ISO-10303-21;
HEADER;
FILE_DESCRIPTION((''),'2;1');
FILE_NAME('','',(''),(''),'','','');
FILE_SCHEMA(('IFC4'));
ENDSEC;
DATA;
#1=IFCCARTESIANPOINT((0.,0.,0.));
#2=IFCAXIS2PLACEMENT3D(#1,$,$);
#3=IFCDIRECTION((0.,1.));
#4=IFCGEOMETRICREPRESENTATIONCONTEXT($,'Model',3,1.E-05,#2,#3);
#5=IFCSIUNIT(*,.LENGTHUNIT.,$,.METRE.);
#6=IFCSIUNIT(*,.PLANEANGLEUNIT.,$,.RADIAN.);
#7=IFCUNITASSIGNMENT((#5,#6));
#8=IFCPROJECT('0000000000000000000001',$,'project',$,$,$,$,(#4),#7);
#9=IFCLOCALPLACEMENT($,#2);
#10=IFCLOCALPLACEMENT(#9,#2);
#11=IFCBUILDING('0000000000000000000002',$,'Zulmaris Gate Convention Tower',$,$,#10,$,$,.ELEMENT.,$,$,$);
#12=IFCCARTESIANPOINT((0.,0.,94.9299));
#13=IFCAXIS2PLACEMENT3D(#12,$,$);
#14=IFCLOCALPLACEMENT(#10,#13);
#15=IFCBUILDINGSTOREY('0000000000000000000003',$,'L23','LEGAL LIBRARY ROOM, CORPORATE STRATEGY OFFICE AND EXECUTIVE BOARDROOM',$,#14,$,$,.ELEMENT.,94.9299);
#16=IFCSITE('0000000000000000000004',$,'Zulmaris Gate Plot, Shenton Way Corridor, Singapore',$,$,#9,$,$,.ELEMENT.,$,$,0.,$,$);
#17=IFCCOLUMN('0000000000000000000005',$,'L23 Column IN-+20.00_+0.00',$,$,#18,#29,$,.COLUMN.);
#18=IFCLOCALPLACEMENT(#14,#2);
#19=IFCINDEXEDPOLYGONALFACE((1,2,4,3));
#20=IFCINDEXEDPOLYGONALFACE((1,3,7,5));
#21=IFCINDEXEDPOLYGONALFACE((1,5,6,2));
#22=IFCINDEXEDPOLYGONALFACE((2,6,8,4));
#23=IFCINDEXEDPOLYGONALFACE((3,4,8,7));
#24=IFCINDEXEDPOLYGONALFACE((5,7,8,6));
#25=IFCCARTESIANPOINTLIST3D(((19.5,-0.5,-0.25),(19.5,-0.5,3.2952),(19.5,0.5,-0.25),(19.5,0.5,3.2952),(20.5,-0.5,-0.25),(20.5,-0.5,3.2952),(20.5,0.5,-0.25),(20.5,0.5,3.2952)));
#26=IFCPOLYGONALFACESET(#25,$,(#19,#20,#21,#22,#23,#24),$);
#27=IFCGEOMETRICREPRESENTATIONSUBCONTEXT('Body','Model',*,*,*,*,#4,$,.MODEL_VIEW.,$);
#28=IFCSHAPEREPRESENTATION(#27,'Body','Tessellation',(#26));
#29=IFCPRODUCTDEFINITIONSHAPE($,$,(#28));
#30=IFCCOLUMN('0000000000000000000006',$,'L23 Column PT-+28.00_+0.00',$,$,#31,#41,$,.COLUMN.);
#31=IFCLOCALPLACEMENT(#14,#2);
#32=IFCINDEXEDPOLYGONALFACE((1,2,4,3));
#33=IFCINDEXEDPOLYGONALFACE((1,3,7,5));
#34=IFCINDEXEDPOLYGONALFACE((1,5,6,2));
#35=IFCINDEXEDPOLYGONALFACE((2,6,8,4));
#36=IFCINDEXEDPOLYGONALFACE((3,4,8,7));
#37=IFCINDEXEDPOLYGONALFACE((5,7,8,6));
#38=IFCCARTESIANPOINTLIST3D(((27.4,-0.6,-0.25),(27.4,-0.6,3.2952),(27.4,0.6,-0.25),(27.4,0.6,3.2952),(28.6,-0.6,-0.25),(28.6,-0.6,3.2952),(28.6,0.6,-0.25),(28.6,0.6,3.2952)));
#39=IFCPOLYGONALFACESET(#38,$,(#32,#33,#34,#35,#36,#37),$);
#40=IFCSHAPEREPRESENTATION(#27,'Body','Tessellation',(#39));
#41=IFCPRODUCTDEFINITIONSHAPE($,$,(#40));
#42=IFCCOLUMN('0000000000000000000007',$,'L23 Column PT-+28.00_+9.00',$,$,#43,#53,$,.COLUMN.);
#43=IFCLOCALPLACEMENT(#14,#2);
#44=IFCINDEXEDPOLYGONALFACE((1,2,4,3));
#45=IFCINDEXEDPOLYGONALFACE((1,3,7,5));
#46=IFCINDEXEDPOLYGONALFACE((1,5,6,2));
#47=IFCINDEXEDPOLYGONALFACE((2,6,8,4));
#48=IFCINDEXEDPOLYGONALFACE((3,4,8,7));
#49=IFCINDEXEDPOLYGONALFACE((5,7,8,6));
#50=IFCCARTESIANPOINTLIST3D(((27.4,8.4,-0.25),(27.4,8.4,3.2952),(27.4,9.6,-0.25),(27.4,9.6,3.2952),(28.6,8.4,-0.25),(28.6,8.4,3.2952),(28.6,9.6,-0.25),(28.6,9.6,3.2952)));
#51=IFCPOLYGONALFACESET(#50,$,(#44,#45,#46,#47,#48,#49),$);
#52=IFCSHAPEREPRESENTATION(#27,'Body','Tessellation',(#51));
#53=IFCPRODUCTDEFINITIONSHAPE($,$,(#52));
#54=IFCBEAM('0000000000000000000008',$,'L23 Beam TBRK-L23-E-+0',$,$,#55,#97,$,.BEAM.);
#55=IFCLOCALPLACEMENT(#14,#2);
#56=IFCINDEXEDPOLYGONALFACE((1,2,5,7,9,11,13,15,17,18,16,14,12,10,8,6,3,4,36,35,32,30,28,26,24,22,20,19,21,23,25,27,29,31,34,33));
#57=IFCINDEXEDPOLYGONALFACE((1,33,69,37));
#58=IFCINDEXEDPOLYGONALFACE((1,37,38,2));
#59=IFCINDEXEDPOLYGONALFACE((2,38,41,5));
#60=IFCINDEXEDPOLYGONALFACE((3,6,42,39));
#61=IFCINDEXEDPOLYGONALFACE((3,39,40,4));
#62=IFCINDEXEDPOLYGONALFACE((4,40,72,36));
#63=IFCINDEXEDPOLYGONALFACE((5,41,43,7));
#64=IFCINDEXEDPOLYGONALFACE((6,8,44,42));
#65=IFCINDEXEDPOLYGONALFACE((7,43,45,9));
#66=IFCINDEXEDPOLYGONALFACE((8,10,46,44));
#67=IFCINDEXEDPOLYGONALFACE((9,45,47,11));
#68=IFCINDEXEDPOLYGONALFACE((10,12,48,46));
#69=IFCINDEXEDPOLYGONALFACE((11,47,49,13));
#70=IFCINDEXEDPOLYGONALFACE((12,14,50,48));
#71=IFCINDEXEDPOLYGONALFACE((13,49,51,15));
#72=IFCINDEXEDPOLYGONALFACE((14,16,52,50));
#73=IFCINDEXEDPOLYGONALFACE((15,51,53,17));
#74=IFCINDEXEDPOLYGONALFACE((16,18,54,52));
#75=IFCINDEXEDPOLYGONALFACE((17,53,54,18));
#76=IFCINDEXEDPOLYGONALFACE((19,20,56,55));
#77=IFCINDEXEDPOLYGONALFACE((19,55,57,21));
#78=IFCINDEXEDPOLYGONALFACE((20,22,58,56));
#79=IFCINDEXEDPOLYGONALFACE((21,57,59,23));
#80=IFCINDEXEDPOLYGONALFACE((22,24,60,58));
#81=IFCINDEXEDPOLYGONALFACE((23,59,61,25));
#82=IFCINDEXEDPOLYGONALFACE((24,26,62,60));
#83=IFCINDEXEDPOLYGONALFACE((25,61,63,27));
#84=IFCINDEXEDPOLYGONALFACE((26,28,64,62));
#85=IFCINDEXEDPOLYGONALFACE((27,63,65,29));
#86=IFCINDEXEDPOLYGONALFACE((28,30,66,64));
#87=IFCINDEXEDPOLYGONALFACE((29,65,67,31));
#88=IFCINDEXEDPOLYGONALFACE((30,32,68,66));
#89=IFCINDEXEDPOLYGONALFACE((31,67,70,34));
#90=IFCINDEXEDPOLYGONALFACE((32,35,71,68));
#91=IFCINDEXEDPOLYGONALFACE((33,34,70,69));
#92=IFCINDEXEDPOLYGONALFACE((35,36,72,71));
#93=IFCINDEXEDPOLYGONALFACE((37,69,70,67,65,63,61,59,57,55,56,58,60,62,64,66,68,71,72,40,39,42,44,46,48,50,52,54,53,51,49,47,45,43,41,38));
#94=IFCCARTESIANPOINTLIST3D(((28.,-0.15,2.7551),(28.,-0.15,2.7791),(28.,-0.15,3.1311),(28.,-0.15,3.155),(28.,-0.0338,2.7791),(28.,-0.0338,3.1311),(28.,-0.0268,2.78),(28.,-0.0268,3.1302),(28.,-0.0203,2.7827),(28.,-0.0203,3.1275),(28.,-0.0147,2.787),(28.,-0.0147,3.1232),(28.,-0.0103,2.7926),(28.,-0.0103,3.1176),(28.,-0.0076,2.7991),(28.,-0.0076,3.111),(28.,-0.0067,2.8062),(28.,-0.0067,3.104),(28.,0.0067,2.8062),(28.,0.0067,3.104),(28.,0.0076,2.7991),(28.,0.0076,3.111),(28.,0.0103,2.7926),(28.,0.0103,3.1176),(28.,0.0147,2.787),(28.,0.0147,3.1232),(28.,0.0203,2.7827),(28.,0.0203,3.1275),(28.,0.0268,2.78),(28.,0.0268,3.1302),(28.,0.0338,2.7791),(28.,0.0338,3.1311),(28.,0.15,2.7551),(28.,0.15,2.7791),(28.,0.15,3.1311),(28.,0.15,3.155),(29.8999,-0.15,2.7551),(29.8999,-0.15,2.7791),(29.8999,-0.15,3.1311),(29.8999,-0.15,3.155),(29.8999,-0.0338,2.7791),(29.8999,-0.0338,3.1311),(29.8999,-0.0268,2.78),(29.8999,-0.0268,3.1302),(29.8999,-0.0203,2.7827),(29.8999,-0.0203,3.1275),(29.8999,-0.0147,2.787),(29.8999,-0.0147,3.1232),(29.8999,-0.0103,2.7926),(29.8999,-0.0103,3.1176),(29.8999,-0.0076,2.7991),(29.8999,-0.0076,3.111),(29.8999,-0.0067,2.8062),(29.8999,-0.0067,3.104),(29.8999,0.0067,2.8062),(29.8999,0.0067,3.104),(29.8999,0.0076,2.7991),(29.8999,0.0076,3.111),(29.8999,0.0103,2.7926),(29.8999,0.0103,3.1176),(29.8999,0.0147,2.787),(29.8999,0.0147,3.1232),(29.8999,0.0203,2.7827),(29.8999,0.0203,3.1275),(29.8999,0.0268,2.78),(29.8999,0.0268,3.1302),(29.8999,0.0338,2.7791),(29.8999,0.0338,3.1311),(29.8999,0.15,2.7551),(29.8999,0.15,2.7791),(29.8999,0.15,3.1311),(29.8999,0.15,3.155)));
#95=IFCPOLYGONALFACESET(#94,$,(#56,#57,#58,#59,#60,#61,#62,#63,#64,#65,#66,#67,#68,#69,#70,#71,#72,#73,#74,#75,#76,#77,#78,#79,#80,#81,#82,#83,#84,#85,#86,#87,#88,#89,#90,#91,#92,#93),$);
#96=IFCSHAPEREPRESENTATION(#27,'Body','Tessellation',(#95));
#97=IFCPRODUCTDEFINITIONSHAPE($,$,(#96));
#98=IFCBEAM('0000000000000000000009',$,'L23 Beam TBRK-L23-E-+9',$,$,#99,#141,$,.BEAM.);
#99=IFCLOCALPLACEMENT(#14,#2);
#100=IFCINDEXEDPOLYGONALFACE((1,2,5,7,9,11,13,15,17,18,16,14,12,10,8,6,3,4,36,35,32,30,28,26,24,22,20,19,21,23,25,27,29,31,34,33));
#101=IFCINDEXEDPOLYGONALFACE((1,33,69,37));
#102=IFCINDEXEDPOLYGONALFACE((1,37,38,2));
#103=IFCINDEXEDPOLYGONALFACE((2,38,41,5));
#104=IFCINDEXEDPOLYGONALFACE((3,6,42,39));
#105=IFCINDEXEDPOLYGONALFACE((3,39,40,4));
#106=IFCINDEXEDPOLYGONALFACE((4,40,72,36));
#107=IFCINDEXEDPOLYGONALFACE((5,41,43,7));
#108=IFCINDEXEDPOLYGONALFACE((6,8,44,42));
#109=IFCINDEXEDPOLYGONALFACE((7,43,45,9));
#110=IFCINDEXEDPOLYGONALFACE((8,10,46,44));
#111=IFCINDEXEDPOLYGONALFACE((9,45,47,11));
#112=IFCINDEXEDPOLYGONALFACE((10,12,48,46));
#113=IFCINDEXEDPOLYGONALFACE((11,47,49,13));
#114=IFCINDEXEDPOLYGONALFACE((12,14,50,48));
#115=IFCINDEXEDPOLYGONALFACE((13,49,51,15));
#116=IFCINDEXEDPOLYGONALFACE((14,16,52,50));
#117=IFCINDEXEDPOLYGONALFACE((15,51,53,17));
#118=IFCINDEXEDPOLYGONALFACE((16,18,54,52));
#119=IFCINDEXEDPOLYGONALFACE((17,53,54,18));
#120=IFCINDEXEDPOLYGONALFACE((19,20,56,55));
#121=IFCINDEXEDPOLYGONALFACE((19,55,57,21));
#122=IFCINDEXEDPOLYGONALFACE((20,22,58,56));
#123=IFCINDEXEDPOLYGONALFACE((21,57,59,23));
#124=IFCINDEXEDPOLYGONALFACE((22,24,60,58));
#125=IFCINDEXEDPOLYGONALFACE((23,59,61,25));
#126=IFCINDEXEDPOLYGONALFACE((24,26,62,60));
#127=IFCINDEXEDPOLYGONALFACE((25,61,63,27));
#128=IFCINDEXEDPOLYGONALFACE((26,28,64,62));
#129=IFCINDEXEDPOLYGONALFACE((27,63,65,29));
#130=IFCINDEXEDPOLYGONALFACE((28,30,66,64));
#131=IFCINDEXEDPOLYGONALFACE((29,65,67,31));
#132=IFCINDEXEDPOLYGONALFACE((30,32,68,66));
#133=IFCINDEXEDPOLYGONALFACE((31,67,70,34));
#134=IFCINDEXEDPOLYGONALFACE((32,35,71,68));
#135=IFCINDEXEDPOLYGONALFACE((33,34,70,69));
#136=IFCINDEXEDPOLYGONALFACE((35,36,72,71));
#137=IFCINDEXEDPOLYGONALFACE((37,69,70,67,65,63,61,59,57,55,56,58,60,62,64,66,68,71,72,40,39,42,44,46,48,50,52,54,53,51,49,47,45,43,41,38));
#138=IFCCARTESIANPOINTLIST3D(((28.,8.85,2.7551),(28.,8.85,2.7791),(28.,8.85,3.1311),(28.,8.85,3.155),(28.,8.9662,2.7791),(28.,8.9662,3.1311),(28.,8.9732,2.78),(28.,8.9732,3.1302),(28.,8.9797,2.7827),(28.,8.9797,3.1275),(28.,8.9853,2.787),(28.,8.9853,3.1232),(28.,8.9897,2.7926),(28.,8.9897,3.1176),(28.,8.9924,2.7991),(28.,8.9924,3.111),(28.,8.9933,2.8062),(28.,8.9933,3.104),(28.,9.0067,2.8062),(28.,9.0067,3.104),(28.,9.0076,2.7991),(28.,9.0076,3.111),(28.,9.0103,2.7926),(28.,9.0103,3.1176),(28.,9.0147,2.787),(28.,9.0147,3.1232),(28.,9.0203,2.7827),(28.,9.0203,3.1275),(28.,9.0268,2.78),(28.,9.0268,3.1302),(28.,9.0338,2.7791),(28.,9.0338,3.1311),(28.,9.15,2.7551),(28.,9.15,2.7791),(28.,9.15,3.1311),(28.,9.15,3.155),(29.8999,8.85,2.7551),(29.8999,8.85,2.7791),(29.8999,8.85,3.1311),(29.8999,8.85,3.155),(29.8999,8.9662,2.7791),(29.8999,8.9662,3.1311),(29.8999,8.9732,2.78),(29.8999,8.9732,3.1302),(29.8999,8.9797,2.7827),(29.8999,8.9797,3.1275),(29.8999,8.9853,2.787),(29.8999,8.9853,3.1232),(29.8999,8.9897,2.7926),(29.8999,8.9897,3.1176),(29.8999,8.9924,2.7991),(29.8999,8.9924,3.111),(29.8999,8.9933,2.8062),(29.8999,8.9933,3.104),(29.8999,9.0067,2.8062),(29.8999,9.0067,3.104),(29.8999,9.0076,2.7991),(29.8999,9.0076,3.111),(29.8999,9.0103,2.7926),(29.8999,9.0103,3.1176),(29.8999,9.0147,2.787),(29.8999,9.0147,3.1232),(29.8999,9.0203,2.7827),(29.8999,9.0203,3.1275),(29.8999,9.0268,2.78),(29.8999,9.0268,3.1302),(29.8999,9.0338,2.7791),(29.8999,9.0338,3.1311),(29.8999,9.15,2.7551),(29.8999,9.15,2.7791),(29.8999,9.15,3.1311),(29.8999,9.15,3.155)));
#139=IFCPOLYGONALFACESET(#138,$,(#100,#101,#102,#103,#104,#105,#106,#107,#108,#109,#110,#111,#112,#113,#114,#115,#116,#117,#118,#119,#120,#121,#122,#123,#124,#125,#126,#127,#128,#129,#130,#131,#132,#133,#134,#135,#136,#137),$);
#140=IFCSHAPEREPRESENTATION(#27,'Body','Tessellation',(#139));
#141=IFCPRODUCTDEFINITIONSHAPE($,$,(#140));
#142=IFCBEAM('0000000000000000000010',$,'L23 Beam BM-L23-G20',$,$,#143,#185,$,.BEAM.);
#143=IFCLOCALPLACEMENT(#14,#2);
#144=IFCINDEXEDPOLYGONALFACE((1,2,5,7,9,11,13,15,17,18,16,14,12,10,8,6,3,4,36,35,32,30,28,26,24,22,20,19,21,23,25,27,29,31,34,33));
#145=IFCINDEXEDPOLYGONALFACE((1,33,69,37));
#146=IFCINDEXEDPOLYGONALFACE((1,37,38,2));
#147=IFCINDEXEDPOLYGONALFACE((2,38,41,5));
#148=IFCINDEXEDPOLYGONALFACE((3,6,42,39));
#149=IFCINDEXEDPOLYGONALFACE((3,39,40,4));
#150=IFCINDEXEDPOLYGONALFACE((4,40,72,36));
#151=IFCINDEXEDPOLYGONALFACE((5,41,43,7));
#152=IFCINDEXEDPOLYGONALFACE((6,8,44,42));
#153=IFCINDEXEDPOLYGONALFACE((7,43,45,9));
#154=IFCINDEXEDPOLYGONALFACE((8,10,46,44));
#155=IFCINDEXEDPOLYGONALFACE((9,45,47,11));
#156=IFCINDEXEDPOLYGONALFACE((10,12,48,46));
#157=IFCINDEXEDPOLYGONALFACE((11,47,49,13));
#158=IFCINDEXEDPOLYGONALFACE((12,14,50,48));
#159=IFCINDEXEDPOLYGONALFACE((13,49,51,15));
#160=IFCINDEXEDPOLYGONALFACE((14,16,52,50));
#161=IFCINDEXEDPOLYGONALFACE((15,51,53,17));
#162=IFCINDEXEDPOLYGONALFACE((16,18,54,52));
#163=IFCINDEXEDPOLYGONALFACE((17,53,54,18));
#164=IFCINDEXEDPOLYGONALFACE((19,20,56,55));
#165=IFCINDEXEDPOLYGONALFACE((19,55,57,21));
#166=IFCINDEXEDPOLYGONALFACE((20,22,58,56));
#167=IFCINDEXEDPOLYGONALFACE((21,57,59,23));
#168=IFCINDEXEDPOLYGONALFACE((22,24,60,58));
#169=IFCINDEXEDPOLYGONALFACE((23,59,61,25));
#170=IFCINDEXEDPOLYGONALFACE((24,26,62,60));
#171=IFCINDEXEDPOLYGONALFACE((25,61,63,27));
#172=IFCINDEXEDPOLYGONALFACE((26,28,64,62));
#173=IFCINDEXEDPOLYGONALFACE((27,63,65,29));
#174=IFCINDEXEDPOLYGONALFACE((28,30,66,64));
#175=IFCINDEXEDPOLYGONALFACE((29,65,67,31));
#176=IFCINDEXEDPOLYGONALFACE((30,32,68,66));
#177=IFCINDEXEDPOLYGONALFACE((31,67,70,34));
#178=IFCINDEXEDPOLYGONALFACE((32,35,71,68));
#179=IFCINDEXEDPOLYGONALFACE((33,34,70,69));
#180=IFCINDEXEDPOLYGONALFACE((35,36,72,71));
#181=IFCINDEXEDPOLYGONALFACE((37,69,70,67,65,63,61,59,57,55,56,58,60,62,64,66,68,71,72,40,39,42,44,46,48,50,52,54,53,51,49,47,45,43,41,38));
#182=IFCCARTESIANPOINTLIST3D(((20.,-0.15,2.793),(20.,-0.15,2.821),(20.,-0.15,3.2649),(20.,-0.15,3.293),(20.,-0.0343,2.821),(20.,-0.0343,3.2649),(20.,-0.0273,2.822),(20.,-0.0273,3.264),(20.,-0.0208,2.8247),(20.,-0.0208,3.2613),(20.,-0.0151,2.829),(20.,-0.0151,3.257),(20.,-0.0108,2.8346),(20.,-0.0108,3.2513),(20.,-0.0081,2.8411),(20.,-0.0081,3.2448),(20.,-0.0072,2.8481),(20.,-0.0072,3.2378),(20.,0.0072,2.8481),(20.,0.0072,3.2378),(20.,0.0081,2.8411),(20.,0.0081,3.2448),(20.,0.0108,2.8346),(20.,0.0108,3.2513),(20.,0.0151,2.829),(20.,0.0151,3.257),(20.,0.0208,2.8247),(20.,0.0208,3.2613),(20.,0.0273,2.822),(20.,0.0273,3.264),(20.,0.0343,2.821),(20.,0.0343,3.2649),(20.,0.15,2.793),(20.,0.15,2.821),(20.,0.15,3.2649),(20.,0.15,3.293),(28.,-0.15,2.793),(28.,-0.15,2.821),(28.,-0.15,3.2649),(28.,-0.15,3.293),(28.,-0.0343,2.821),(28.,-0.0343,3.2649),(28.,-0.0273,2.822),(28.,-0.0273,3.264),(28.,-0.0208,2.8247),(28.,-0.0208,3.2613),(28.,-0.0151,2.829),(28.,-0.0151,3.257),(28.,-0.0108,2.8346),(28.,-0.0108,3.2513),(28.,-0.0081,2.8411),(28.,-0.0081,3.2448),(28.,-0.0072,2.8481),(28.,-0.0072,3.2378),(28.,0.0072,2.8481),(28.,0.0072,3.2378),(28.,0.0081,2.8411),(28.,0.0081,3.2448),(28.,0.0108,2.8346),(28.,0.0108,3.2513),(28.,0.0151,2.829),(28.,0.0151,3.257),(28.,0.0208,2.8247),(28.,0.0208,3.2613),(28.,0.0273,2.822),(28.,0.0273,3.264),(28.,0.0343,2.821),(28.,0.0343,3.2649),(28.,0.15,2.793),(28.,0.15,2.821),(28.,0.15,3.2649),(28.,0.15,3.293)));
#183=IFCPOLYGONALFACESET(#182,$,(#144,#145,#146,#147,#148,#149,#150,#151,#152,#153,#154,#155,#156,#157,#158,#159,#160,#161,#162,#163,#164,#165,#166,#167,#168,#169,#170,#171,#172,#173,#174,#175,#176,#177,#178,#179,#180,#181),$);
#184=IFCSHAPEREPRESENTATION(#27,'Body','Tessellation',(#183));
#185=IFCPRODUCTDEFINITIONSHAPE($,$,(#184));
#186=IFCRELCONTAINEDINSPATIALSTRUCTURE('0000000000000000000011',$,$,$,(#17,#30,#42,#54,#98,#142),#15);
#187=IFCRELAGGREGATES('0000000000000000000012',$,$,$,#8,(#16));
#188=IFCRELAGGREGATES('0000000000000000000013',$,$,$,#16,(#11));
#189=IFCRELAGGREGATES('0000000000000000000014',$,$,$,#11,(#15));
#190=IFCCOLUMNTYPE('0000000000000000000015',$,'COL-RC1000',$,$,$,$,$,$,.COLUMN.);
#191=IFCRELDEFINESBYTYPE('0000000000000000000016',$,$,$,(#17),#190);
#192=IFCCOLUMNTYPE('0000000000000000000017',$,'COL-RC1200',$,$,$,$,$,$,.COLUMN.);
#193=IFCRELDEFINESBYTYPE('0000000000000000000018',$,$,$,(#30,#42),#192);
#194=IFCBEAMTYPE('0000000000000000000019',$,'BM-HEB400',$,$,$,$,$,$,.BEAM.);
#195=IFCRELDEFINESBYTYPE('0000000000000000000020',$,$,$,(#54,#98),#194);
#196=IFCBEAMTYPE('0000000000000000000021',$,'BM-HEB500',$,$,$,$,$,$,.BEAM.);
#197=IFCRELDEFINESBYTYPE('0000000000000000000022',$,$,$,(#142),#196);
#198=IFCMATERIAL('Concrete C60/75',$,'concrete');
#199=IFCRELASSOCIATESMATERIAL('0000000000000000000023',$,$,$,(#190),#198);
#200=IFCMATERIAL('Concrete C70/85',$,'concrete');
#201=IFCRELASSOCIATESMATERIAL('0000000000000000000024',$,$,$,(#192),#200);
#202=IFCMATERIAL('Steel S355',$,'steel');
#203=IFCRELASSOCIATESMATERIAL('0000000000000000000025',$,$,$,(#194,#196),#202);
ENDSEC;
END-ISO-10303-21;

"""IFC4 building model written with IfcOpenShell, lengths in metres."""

from ifc_helpers import new_model, si_unit, direction, frame, origin, origin_2d, place, context, subcontext, project, spatial, rectangle, i_section, extrude, material, material_profile, profile_set, type_object, element, save


model = new_model("IFC4")

# Units and contexts
model_context = context("Model", 3, precision=1e-05, world=origin(), true_north=direction((0.0, 1.0)))
body_context = subcontext(model_context, "Body", "Model", "MODEL_VIEW")
ifc_project = project(units=[si_unit("LENGTHUNIT", "METRE"), si_unit("PLANEANGLEUNIT", "RADIAN")], contexts=[model_context])

# Site, building, storey
site_placement = place(None, origin())
site = spatial("IfcSite", under=ifc_project, at=site_placement, Name="Zulmaris Gate Plot, Shenton Way Corridor, Singapore", CompositionType="ELEMENT", RefElevation=0.0)
building_placement = place(site_placement, origin())
building = spatial("IfcBuilding", under=site, at=building_placement, Name="Zulmaris Gate Convention Tower", CompositionType="ELEMENT")
storey_placement = place(building_placement, frame((0.0, 0.0, 94.9299)))
storey = spatial("IfcBuildingStorey", under=building, at=storey_placement, Name="L23", Description="LEGAL LIBRARY ROOM, CORPORATE STRATEGY OFFICE AND EXECUTIVE BOARDROOM", CompositionType="ELEMENT", Elevation=94.9299)

# Columns
ifc_material_1 = material(Name="Concrete C60/75", Category="concrete")
ifc_material_profile_1 = material_profile(ifc_material_1, rectangle(XDim=1.0, YDim=1.0, at=origin_2d()), Name="RC COL 1000x1000")
ifc_profile_set_1 = profile_set([ifc_material_profile_1], Name="Concrete C60/75")
column_type_1 = type_object("IfcColumnType", Name="COL-RC1000", PredefinedType="COLUMN", material=ifc_profile_set_1)
column_placement = place(storey_placement, frame((20.0, 0.0, -0.25), z_axis=(0.0, 0.0, 1.0), x_axis=(1.0, 0.0, 0.0)))
element("IfcColumn", 1, at=column_placement, inside=storey, type_object=column_type_1, Name="L23 Column IN-+20.00_+0.00", PredefinedType="COLUMN", context=body_context, shape_type="SweptSolid", body=[
    extrude(rectangle(XDim=1.0, YDim=1.0, at=origin_2d()), origin(), (0.0, 0.0, 1.0), 3.5452),
])
ifc_material_2 = material(Name="Concrete C70/85", Category="concrete")
ifc_material_profile_2 = material_profile(ifc_material_2, rectangle(XDim=1.2, YDim=1.2, at=origin_2d()), Name="RC COL 1200x1200")
ifc_profile_set_2 = profile_set([ifc_material_profile_2], Name="Concrete C70/85")
column_type_2 = type_object("IfcColumnType", Name="COL-RC1200", PredefinedType="COLUMN", material=ifc_profile_set_2)
for number, where, z_axis, x_axis, name in (
    (2, (28.0, 0.0, -0.25), (0.0, 0.0, 1.0), (1.0, 0.0, 0.0), "L23 Column PT-+28.00_+0.00"),
    (3, (28.0, 9.0, -0.25), (0.0, 0.0, 1.0), (1.0, 0.0, 0.0), "L23 Column PT-+28.00_+9.00"),
):
    element("IfcColumn", number, at=place(storey_placement, frame(where, z_axis=z_axis, x_axis=x_axis)), inside=storey, type_object=column_type_2, Name=name, PredefinedType="COLUMN", context=body_context, shape_type="SweptSolid", body=[
        extrude(rectangle(XDim=1.2, YDim=1.2, at=origin_2d()), origin(), (0.0, 0.0, 1.0), 3.5452),
    ])

# Beams
ifc_material_3 = material(Name="Steel S355", Category="steel")
ifc_material_profile_3 = material_profile(ifc_material_3, i_section(OverallWidth=0.3, OverallDepth=0.3999, WebThickness=0.0134, FlangeThickness=0.0239, FilletRadius=0.0271, at=origin_2d()), Name="HEB 400")
ifc_profile_set_3 = profile_set([ifc_material_profile_3], Name="Steel S355")
beam_type_1 = type_object("IfcBeamType", Name="BM-HEB400", PredefinedType="BEAM", material=ifc_profile_set_3)
for number, where, z_axis, x_axis, name in (
    (4, (28.0, 0.0, 2.9551), (1.0, 0.0, 0.0), (0.0, 1.0, 0.0), "L23 Beam TBRK-L23-E-+0"),
    (5, (28.0, 9.0, 2.9551), (1.0, 0.0, 0.0), (0.0, 1.0, 0.0), "L23 Beam TBRK-L23-E-+9"),
):
    element("IfcBeam", number, at=place(storey_placement, frame(where, z_axis=z_axis, x_axis=x_axis)), inside=storey, type_object=beam_type_1, Name=name, PredefinedType="BEAM", context=body_context, shape_type="SweptSolid", body=[
        extrude(i_section(OverallWidth=0.3, OverallDepth=0.3999, WebThickness=0.0134, FlangeThickness=0.0239, FilletRadius=0.0271, at=origin_2d()), origin(), (0.0, 0.0, 1.0), 1.8999),
    ])
ifc_material_profile_4 = material_profile(ifc_material_3, i_section(OverallWidth=0.3, OverallDepth=0.5, WebThickness=0.0144, FlangeThickness=0.0281, FilletRadius=0.0271, at=origin_2d()), Name="HEB 500")
ifc_profile_set_4 = profile_set([ifc_material_profile_4], Name="Steel S355")
beam_type_2 = type_object("IfcBeamType", Name="BM-HEB500", PredefinedType="BEAM", material=ifc_profile_set_4)
for number, where, z_axis, x_axis, name in (
    (6, (20.0, 0.0, 3.043), (1.0, 0.0, 0.0), (0.0, 1.0, 0.0), "L23 Beam BM-L23-G20"),
):
    element("IfcBeam", number, at=place(storey_placement, frame(where, z_axis=z_axis, x_axis=x_axis)), inside=storey, type_object=beam_type_2, Name=name, PredefinedType="BEAM", context=body_context, shape_type="SweptSolid", body=[
        extrude(i_section(OverallWidth=0.3, OverallDepth=0.5, WebThickness=0.0144, FlangeThickness=0.0281, FilletRadius=0.0271, at=origin_2d()), origin(), (0.0, 0.0, 1.0), 8.0),
    ])

save(model, "model.ifc")
